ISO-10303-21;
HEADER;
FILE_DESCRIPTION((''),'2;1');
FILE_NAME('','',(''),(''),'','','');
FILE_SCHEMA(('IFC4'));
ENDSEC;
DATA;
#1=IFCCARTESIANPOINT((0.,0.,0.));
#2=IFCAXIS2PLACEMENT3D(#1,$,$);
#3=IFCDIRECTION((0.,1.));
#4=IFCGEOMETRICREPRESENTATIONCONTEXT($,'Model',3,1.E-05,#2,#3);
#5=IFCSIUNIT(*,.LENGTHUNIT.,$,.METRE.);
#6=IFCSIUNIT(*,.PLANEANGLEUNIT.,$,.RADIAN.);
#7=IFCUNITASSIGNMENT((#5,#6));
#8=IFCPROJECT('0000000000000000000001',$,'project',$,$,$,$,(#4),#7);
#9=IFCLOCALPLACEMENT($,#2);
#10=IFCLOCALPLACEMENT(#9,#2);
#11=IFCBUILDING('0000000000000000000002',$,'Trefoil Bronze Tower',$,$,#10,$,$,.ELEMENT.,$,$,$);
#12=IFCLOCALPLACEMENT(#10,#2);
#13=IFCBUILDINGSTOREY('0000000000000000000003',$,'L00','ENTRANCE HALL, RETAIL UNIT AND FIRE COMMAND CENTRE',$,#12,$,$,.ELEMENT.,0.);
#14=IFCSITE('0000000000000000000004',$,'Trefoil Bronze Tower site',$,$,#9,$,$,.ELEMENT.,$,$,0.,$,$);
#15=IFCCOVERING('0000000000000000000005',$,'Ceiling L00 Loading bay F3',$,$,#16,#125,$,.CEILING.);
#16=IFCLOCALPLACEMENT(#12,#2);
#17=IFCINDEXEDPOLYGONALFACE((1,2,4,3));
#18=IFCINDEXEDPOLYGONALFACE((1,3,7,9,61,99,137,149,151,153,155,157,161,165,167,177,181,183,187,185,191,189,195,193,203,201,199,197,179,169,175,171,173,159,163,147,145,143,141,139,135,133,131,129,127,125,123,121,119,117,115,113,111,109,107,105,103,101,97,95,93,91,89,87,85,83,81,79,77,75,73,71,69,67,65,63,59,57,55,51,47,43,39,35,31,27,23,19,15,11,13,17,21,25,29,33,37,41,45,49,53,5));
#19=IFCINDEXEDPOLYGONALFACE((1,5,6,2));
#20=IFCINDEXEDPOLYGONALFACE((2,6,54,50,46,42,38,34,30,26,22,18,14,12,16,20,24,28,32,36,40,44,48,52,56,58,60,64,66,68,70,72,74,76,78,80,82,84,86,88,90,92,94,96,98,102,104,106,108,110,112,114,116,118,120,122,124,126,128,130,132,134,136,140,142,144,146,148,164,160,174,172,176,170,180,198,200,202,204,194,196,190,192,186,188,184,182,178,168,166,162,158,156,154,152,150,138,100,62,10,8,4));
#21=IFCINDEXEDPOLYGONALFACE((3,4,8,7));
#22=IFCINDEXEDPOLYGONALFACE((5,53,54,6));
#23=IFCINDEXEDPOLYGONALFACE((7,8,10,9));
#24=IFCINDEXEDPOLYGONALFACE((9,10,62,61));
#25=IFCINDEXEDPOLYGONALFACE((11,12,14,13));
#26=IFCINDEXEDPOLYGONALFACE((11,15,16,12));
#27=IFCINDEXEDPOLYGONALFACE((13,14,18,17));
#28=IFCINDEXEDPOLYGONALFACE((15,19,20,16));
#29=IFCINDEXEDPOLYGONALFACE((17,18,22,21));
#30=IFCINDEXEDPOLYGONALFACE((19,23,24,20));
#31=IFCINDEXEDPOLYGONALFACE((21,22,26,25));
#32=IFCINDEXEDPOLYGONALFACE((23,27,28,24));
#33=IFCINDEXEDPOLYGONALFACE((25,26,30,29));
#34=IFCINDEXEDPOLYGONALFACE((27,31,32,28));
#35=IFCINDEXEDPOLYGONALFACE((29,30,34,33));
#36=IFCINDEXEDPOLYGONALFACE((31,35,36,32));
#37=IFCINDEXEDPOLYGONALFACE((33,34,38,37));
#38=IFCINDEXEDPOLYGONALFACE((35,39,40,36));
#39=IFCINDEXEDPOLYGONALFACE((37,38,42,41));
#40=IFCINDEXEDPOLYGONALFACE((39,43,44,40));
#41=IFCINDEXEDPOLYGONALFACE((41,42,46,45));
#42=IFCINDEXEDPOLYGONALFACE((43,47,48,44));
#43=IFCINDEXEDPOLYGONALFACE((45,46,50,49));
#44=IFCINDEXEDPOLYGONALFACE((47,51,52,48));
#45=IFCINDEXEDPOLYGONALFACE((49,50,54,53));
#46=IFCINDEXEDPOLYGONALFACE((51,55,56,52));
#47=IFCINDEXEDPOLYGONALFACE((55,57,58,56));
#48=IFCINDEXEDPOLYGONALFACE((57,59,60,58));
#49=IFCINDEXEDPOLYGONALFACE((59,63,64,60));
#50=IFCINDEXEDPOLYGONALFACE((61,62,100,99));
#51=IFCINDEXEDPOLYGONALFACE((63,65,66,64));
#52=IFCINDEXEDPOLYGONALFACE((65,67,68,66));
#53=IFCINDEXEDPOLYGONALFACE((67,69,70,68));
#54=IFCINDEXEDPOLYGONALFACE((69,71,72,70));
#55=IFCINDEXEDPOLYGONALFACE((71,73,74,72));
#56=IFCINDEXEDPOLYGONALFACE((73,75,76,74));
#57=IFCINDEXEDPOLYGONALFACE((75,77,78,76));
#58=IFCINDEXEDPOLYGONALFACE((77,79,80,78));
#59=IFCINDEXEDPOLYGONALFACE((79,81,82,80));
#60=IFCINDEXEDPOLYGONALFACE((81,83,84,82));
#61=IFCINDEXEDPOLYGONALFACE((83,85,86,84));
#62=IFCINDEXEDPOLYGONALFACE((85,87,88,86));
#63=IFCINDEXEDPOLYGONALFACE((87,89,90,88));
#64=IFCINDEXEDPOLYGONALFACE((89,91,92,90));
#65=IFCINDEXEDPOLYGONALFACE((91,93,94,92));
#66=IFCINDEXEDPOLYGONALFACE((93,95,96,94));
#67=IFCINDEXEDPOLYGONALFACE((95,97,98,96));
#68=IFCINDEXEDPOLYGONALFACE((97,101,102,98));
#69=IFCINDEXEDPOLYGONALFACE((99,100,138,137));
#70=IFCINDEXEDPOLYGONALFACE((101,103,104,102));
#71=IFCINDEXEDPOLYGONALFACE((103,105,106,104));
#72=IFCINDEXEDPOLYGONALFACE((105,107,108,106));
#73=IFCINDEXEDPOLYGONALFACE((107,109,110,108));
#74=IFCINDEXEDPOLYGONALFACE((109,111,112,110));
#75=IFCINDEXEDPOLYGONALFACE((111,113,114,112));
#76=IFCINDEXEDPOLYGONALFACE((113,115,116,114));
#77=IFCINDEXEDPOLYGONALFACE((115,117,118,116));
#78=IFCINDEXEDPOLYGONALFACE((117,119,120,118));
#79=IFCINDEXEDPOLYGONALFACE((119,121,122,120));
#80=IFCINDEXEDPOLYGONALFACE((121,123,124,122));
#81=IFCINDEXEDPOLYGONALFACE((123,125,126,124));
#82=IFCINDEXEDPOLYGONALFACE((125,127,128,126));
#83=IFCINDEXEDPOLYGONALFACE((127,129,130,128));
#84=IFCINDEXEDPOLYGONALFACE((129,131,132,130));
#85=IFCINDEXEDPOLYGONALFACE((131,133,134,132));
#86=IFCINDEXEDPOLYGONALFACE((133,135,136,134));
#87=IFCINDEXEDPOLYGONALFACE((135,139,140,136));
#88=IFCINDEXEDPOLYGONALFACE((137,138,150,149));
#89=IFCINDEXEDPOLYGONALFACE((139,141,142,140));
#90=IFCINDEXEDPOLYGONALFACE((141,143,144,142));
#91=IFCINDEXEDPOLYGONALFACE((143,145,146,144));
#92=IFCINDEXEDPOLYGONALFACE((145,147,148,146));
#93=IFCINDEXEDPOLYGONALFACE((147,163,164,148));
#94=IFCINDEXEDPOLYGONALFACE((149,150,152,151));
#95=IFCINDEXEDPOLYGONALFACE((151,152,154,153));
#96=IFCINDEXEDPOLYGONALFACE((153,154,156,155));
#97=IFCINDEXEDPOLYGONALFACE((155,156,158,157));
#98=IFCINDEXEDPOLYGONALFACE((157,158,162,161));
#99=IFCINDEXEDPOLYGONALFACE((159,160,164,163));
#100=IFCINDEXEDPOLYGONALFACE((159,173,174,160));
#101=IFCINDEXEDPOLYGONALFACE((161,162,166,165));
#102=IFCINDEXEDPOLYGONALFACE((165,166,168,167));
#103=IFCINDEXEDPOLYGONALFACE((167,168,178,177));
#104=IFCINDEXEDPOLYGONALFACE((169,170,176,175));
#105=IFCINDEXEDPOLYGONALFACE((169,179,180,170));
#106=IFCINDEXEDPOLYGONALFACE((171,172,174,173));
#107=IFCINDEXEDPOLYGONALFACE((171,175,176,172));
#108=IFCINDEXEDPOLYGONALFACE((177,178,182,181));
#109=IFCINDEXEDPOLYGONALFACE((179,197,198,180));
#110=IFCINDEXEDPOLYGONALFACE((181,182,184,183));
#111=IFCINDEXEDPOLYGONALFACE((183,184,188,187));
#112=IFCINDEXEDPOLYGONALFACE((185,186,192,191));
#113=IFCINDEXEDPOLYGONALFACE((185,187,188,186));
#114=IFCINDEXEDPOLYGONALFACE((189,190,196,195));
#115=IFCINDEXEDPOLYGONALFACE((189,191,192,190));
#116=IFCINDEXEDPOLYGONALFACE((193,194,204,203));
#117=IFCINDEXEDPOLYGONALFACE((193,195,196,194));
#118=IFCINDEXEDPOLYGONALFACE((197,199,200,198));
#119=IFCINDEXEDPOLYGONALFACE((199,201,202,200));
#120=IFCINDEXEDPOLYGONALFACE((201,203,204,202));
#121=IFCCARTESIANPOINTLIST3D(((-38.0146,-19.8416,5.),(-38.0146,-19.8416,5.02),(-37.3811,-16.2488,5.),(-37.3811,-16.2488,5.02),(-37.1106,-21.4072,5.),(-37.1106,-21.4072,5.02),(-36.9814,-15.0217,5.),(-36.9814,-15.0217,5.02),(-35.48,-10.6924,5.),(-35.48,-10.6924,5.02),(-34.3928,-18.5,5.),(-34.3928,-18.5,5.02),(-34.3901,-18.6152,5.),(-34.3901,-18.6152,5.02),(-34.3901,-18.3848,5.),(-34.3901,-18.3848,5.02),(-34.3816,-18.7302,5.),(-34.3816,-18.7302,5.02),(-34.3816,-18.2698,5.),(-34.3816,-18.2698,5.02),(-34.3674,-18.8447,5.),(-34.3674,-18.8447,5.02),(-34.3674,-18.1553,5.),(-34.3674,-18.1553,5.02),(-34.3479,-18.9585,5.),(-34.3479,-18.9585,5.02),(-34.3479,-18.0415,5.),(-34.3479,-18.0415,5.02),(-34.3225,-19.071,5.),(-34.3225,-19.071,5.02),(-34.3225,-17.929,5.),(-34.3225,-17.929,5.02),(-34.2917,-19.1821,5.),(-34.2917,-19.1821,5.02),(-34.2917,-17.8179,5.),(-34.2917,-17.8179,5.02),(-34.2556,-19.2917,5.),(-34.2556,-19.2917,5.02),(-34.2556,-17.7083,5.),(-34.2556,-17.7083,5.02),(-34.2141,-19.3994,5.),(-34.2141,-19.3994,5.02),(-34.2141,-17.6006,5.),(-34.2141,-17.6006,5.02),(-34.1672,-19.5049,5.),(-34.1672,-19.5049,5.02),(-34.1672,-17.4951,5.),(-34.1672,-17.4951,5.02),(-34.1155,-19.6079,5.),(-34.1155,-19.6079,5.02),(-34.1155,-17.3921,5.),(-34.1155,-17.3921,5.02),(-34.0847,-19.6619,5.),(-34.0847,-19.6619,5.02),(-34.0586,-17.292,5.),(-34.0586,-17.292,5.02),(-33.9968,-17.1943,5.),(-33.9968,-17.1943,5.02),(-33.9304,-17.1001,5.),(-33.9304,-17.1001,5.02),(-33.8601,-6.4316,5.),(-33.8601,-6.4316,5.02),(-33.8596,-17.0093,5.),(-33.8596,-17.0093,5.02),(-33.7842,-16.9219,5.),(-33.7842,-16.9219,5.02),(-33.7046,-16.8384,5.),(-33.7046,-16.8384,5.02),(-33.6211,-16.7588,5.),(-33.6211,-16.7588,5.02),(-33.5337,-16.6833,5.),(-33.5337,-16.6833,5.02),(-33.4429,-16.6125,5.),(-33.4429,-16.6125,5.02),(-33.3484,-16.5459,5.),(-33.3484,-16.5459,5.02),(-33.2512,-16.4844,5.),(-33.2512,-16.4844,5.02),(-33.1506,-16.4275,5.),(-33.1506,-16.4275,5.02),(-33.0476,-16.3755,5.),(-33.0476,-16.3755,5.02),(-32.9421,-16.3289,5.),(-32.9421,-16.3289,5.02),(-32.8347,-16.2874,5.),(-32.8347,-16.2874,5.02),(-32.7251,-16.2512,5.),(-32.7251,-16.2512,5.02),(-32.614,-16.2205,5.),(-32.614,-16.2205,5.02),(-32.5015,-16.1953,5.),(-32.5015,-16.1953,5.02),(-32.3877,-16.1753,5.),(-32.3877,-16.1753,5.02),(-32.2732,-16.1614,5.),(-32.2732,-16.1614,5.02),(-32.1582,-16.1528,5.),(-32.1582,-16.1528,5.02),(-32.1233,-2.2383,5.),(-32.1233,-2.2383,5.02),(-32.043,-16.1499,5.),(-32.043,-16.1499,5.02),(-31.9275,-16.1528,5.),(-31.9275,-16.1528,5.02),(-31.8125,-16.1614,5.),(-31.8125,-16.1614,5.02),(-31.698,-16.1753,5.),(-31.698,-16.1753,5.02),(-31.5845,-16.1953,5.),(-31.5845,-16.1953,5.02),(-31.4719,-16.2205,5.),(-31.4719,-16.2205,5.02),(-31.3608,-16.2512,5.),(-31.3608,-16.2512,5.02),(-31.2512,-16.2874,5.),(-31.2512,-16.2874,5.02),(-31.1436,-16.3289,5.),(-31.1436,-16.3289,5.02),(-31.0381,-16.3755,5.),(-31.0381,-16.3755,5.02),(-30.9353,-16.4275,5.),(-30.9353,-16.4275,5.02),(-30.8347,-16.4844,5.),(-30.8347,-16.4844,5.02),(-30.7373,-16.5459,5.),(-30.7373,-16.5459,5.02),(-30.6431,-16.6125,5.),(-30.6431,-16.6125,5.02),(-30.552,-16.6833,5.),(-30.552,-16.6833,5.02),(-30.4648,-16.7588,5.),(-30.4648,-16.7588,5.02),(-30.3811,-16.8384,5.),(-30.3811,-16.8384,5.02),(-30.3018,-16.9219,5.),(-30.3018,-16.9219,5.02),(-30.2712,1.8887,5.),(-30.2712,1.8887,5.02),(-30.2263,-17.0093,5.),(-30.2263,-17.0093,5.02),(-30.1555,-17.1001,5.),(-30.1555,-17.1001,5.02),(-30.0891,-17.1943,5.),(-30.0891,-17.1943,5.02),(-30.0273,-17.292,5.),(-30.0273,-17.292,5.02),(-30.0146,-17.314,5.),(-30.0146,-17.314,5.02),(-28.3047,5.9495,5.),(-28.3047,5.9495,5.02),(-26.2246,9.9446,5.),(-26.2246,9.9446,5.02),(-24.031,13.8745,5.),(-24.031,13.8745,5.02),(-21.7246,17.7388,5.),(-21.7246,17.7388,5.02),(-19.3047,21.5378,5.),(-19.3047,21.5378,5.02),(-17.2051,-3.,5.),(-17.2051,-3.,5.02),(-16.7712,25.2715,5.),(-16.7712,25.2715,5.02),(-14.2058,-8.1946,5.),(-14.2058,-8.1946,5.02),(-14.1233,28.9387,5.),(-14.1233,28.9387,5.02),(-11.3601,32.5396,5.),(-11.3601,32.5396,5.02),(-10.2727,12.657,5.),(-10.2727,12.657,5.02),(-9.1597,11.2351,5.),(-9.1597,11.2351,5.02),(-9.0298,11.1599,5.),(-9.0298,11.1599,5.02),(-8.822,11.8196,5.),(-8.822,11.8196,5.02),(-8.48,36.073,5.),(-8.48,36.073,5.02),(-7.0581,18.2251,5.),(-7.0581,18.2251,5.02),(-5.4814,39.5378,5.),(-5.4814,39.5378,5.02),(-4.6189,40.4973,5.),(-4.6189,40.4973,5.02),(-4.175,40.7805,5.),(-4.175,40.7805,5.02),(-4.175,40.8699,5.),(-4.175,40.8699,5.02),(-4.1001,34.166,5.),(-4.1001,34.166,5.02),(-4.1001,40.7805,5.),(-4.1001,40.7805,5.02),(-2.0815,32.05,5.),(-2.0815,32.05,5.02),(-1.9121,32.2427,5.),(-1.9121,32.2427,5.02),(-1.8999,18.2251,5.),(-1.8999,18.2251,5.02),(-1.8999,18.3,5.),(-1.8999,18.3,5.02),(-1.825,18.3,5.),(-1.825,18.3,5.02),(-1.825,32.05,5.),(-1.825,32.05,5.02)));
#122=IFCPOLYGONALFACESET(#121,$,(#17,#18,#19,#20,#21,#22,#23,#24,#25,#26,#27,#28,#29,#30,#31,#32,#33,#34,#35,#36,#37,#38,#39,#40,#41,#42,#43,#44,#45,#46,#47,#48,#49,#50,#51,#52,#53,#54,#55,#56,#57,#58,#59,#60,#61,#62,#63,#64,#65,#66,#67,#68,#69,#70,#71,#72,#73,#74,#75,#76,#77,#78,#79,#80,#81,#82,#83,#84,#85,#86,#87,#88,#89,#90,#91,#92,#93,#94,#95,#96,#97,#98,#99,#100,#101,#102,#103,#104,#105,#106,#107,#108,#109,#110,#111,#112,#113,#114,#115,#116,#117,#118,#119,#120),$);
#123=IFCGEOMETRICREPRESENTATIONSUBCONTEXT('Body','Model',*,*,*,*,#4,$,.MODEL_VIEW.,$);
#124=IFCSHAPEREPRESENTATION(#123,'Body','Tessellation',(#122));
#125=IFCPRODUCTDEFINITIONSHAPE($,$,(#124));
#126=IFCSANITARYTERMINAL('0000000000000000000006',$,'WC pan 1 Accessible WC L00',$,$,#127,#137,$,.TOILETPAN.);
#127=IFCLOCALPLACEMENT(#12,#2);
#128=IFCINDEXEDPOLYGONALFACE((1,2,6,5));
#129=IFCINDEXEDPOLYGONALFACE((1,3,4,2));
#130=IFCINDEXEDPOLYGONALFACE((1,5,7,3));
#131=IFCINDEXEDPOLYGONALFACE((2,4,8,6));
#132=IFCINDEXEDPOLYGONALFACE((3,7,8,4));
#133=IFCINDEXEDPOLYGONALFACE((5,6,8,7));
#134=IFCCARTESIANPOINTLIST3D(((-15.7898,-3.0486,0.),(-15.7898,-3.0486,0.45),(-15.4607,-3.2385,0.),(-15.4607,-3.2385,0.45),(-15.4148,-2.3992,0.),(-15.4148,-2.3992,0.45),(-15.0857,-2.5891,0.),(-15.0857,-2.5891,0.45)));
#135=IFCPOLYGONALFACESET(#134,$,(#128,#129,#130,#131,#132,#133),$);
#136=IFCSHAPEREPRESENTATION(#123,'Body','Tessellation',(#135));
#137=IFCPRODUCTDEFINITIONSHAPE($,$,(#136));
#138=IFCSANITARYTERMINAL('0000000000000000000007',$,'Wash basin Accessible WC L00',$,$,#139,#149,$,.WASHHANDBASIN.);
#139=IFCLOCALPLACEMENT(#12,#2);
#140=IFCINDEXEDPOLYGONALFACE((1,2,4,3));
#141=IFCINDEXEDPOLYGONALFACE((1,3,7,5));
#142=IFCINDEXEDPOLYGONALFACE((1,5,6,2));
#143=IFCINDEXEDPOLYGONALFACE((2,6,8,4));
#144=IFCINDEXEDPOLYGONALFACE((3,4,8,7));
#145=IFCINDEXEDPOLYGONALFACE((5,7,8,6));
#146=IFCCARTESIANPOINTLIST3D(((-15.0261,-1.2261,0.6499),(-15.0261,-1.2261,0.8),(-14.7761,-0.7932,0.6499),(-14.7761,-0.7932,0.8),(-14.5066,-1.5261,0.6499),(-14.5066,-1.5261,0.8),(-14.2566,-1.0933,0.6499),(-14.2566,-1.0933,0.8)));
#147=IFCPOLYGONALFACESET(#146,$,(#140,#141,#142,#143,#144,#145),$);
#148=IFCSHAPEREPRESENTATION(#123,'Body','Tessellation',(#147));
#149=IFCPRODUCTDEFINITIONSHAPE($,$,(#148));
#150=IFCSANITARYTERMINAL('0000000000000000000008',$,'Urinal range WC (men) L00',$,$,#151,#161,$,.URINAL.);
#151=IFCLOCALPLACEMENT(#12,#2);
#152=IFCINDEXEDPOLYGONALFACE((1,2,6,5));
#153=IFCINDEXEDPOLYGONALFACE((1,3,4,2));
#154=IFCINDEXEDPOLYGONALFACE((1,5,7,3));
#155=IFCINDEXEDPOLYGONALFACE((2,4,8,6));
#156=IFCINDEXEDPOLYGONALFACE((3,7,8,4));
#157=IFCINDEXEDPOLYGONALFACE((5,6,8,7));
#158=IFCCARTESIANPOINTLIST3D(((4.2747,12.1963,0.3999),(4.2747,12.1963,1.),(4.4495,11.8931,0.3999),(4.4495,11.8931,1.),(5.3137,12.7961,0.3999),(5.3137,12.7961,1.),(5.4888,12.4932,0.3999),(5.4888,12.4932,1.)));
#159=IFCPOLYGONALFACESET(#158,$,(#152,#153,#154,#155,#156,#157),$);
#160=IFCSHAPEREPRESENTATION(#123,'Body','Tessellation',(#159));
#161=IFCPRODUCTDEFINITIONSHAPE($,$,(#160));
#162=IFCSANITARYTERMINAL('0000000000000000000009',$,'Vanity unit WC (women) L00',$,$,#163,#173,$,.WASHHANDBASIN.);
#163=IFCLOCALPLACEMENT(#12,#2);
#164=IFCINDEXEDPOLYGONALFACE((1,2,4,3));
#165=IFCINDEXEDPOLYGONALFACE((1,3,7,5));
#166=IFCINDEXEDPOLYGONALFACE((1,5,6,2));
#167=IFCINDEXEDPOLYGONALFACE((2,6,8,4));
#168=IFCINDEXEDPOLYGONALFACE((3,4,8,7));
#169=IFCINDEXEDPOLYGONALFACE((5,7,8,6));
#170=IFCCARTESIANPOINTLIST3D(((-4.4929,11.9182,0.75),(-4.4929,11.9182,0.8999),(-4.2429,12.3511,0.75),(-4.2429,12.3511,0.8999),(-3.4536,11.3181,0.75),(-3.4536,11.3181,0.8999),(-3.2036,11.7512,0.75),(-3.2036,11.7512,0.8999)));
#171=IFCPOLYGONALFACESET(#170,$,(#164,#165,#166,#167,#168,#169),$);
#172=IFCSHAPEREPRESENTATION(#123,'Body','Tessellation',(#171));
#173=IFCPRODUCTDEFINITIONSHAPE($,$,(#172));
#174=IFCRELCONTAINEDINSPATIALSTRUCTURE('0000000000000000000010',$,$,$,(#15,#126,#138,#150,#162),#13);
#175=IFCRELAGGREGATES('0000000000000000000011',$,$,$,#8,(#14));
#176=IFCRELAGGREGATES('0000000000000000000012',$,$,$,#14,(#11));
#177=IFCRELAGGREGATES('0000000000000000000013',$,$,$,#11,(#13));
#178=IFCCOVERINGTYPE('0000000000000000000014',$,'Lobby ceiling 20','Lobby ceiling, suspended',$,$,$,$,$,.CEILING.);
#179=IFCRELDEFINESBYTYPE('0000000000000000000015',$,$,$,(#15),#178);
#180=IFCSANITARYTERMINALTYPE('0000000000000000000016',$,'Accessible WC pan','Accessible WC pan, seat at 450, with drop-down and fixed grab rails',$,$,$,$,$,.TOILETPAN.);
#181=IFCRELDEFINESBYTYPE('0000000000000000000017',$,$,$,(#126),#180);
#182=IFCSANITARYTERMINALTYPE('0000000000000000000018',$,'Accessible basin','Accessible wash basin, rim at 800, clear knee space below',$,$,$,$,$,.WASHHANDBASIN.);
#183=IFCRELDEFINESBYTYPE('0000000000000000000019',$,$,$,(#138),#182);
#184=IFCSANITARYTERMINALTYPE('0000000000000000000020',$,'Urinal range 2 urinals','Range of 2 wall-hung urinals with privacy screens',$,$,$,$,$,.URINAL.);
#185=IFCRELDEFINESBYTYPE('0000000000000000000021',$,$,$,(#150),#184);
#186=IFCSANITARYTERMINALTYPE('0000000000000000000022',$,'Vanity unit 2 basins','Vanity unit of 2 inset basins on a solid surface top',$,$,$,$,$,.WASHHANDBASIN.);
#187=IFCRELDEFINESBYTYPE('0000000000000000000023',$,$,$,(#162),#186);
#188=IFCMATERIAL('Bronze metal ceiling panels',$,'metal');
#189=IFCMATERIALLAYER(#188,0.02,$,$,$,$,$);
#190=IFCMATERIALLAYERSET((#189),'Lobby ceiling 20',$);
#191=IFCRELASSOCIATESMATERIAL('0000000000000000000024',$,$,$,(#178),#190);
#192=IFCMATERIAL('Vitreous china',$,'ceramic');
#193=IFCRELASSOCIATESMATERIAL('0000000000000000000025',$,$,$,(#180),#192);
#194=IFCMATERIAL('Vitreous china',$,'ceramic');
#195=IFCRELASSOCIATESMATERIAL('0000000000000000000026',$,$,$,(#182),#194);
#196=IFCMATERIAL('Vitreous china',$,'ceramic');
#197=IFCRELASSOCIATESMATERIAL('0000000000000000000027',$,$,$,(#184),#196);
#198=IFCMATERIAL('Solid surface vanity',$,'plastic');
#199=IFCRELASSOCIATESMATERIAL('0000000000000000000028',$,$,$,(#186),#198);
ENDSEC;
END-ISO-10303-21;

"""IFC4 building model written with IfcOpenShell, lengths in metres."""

from ifc_helpers import new_model, si_unit, direction, frame, origin, place, context, subcontext, project, spatial, polyline, outline, extrude, material, layer, layer_set, type_object, element, save


model = new_model("IFC4")

# Units and contexts
model_context = context("Model", 3, precision=1e-05, world=origin(), true_north=direction((0.0, 1.0)))
body_context = subcontext(model_context, "Body", "Model", "MODEL_VIEW")
ifc_project = project(units=[si_unit("LENGTHUNIT", "METRE"), si_unit("PLANEANGLEUNIT", "RADIAN")], contexts=[model_context])

# Site, building, storey
site_placement = place(None, origin())
site = spatial("IfcSite", under=ifc_project, at=site_placement, Name="Trefoil Bronze Tower site", CompositionType="ELEMENT", RefElevation=0.0)
building_placement = place(site_placement, origin())
building = spatial("IfcBuilding", under=site, at=building_placement, Name="Trefoil Bronze Tower", CompositionType="ELEMENT")
storey_placement = place(building_placement, origin())
storey = spatial("IfcBuildingStorey", under=building, at=storey_placement, Name="L00", Description="ENTRANCE HALL, RETAIL UNIT AND FIRE COMMAND CENTRE", CompositionType="ELEMENT", Elevation=0.0)

# Covering
ifc_material_1 = material(Name="Bronze metal ceiling panels", Category="metal")
ifc_layer_1 = layer(ifc_material_1, 0.02)
ifc_layer_set_1 = layer_set([ifc_layer_1], Name="Lobby ceiling 20")
covering_type = type_object("IfcCoveringType", Name="Lobby ceiling 20", Description="Lobby ceiling, suspended", PredefinedType="CEILING", material=ifc_layer_set_1)
covering_1_placement = place(storey_placement, frame((0.0, 0.0, 5.0)))
element("IfcCovering", 1, at=covering_1_placement, inside=storey, type_object=covering_type, Name="Ceiling L00 Loading bay F3", PredefinedType="CEILING", context=body_context, shape_type="SweptSolid", body=[
    extrude(outline(polyline([(-35.48, -10.6924), (-33.8601, -6.4316), (-32.1233, -2.2383), (-30.2712, 1.8887), (-28.3047, 5.9495), (-26.2246, 9.9446), (-24.031, 13.8745), (-21.7246, 17.7388), (-19.3047, 21.5378), (-16.7712, 25.2715), (-14.1233, 28.9387), (-11.3601, 32.5396), (-8.48, 36.073), (-5.4814, 39.5378), (-4.6189, 40.4973), (-4.175, 40.8699), (-4.175, 40.7805), (-4.1001, 40.7805), (-4.1001, 34.166), (-1.9121, 32.2427), (-2.0815, 32.05), (-1.825, 32.05), (-1.825, 18.3), (-1.8999, 18.3), (-1.8999, 18.2251), (-7.0581, 18.2251), (-10.2727, 12.657), (-8.822, 11.8196), (-9.1597, 11.2351), (-9.0298, 11.1599), (-17.2051, -3.0), (-14.2058, -8.1946), (-30.0146, -17.314), (-30.0273, -17.292), (-30.0891, -17.1943), (-30.1555, -17.1001), (-30.2263, -17.0093), (-30.3018, -16.9219), (-30.3811, -16.8384), (-30.4648, -16.7588), (-30.552, -16.6833), (-30.6431, -16.6125), (-30.7373, -16.5459), (-30.8347, -16.4844), (-30.9353, -16.4275), (-31.0381, -16.3755), (-31.1436, -16.3289), (-31.2512, -16.2874), (-31.3608, -16.2512), (-31.4719, -16.2205), (-31.5845, -16.1953), (-31.698, -16.1753), (-31.8125, -16.1614), (-31.9275, -16.1528), (-32.043, -16.1499), (-32.1582, -16.1528), (-32.2732, -16.1614), (-32.3877, -16.1753), (-32.5015, -16.1953), (-32.614, -16.2205), (-32.7251, -16.2512), (-32.8347, -16.2874), (-32.9421, -16.3289), (-33.0476, -16.3755), (-33.1506, -16.4275), (-33.2512, -16.4844), (-33.3484, -16.5459), (-33.4429, -16.6125), (-33.5337, -16.6833), (-33.6211, -16.7588), (-33.7046, -16.8384), (-33.7842, -16.9219), (-33.8596, -17.0093), (-33.9304, -17.1001), (-33.9968, -17.1943), (-34.0586, -17.292), (-34.1155, -17.3921), (-34.1672, -17.4951), (-34.2141, -17.6006), (-34.2556, -17.7083), (-34.2917, -17.8179), (-34.3225, -17.929), (-34.3479, -18.0415), (-34.3674, -18.1553), (-34.3816, -18.2698), (-34.3901, -18.3848), (-34.3928, -18.5), (-34.3901, -18.6152), (-34.3816, -18.7302), (-34.3674, -18.8447), (-34.3479, -18.9585), (-34.3225, -19.071), (-34.2917, -19.1821), (-34.2556, -19.2917), (-34.2141, -19.3994), (-34.1672, -19.5049), (-34.1155, -19.6079), (-34.0847, -19.6619), (-37.1106, -21.4072), (-38.0146, -19.8416), (-37.3811, -16.2488), (-36.9814, -15.0217), (-35.48, -10.6924)])), origin(), (0.0, 0.0, 1.0), 0.02),
])

# Sanitary terminals
ifc_material_2 = material(Name="Vitreous china", Category="ceramic")
sanitary_terminal_type_1 = type_object("IfcSanitaryTerminalType", Name="Accessible WC pan", Description="Accessible WC pan, seat at 450, with drop-down and fixed grab rails", PredefinedType="TOILETPAN", material=ifc_material_2)
sanitary_terminal_1_placement = place(storey_placement, origin())
element("IfcSanitaryTerminal", 2, at=sanitary_terminal_1_placement, inside=storey, type_object=sanitary_terminal_type_1, Name="WC pan 1 Accessible WC L00", PredefinedType="TOILETPAN", context=body_context, shape_type="SweptSolid", body=[
    extrude(outline(polyline([(-15.0857, -2.5891), (-15.4607, -3.2385), (-15.7898, -3.0486), (-15.4148, -2.3992), (-15.0857, -2.5891)])), origin(), (0.0, 0.0, 1.0), 0.45),
])
ifc_material_3 = material(Name="Vitreous china", Category="ceramic")
sanitary_terminal_type_2 = type_object("IfcSanitaryTerminalType", Name="Accessible basin", Description="Accessible wash basin, rim at 800, clear knee space below", PredefinedType="WASHHANDBASIN", material=ifc_material_3)
sanitary_terminal_2_placement = place(storey_placement, frame((0.0, 0.0, 0.6499)))
element("IfcSanitaryTerminal", 3, at=sanitary_terminal_2_placement, inside=storey, type_object=sanitary_terminal_type_2, Name="Wash basin Accessible WC L00", PredefinedType="WASHHANDBASIN", context=body_context, shape_type="SweptSolid", body=[
    extrude(outline(polyline([(-14.2566, -1.0933), (-14.5066, -1.5261), (-15.0261, -1.2261), (-14.7761, -0.7932), (-14.2566, -1.0933)])), origin(), (0.0, 0.0, 1.0), 0.1501),
])
ifc_material_4 = material(Name="Vitreous china", Category="ceramic")
sanitary_terminal_type_3 = type_object("IfcSanitaryTerminalType", Name="Urinal range 2 urinals", Description="Range of 2 wall-hung urinals with privacy screens", PredefinedType="URINAL", material=ifc_material_4)
sanitary_terminal_3_placement = place(storey_placement, frame((0.0, 0.0, 0.3999)))
element("IfcSanitaryTerminal", 4, at=sanitary_terminal_3_placement, inside=storey, type_object=sanitary_terminal_type_3, Name="Urinal range WC (men) L00", PredefinedType="URINAL", context=body_context, shape_type="SweptSolid", body=[
    extrude(outline(polyline([(4.4495, 11.8931), (4.2747, 12.1963), (5.3137, 12.7961), (5.4888, 12.4932), (4.4495, 11.8931)])), origin(), (0.0, 0.0, 1.0), 0.6001),
])
ifc_material_5 = material(Name="Solid surface vanity", Category="plastic")
sanitary_terminal_type_4 = type_object("IfcSanitaryTerminalType", Name="Vanity unit 2 basins", Description="Vanity unit of 2 inset basins on a solid surface top", PredefinedType="WASHHANDBASIN", material=ifc_material_5)
sanitary_terminal_4_placement = place(storey_placement, frame((0.0, 0.0, 0.75)))
element("IfcSanitaryTerminal", 5, at=sanitary_terminal_4_placement, inside=storey, type_object=sanitary_terminal_type_4, Name="Vanity unit WC (women) L00", PredefinedType="WASHHANDBASIN", context=body_context, shape_type="SweptSolid", body=[
    extrude(outline(polyline([(-3.4536, 11.3181), (-3.2036, 11.7512), (-4.2429, 12.3511), (-4.4929, 11.9182), (-3.4536, 11.3181)])), origin(), (0.0, 0.0, 1.0), 0.1499),
])

save(model, "model.ifc")
